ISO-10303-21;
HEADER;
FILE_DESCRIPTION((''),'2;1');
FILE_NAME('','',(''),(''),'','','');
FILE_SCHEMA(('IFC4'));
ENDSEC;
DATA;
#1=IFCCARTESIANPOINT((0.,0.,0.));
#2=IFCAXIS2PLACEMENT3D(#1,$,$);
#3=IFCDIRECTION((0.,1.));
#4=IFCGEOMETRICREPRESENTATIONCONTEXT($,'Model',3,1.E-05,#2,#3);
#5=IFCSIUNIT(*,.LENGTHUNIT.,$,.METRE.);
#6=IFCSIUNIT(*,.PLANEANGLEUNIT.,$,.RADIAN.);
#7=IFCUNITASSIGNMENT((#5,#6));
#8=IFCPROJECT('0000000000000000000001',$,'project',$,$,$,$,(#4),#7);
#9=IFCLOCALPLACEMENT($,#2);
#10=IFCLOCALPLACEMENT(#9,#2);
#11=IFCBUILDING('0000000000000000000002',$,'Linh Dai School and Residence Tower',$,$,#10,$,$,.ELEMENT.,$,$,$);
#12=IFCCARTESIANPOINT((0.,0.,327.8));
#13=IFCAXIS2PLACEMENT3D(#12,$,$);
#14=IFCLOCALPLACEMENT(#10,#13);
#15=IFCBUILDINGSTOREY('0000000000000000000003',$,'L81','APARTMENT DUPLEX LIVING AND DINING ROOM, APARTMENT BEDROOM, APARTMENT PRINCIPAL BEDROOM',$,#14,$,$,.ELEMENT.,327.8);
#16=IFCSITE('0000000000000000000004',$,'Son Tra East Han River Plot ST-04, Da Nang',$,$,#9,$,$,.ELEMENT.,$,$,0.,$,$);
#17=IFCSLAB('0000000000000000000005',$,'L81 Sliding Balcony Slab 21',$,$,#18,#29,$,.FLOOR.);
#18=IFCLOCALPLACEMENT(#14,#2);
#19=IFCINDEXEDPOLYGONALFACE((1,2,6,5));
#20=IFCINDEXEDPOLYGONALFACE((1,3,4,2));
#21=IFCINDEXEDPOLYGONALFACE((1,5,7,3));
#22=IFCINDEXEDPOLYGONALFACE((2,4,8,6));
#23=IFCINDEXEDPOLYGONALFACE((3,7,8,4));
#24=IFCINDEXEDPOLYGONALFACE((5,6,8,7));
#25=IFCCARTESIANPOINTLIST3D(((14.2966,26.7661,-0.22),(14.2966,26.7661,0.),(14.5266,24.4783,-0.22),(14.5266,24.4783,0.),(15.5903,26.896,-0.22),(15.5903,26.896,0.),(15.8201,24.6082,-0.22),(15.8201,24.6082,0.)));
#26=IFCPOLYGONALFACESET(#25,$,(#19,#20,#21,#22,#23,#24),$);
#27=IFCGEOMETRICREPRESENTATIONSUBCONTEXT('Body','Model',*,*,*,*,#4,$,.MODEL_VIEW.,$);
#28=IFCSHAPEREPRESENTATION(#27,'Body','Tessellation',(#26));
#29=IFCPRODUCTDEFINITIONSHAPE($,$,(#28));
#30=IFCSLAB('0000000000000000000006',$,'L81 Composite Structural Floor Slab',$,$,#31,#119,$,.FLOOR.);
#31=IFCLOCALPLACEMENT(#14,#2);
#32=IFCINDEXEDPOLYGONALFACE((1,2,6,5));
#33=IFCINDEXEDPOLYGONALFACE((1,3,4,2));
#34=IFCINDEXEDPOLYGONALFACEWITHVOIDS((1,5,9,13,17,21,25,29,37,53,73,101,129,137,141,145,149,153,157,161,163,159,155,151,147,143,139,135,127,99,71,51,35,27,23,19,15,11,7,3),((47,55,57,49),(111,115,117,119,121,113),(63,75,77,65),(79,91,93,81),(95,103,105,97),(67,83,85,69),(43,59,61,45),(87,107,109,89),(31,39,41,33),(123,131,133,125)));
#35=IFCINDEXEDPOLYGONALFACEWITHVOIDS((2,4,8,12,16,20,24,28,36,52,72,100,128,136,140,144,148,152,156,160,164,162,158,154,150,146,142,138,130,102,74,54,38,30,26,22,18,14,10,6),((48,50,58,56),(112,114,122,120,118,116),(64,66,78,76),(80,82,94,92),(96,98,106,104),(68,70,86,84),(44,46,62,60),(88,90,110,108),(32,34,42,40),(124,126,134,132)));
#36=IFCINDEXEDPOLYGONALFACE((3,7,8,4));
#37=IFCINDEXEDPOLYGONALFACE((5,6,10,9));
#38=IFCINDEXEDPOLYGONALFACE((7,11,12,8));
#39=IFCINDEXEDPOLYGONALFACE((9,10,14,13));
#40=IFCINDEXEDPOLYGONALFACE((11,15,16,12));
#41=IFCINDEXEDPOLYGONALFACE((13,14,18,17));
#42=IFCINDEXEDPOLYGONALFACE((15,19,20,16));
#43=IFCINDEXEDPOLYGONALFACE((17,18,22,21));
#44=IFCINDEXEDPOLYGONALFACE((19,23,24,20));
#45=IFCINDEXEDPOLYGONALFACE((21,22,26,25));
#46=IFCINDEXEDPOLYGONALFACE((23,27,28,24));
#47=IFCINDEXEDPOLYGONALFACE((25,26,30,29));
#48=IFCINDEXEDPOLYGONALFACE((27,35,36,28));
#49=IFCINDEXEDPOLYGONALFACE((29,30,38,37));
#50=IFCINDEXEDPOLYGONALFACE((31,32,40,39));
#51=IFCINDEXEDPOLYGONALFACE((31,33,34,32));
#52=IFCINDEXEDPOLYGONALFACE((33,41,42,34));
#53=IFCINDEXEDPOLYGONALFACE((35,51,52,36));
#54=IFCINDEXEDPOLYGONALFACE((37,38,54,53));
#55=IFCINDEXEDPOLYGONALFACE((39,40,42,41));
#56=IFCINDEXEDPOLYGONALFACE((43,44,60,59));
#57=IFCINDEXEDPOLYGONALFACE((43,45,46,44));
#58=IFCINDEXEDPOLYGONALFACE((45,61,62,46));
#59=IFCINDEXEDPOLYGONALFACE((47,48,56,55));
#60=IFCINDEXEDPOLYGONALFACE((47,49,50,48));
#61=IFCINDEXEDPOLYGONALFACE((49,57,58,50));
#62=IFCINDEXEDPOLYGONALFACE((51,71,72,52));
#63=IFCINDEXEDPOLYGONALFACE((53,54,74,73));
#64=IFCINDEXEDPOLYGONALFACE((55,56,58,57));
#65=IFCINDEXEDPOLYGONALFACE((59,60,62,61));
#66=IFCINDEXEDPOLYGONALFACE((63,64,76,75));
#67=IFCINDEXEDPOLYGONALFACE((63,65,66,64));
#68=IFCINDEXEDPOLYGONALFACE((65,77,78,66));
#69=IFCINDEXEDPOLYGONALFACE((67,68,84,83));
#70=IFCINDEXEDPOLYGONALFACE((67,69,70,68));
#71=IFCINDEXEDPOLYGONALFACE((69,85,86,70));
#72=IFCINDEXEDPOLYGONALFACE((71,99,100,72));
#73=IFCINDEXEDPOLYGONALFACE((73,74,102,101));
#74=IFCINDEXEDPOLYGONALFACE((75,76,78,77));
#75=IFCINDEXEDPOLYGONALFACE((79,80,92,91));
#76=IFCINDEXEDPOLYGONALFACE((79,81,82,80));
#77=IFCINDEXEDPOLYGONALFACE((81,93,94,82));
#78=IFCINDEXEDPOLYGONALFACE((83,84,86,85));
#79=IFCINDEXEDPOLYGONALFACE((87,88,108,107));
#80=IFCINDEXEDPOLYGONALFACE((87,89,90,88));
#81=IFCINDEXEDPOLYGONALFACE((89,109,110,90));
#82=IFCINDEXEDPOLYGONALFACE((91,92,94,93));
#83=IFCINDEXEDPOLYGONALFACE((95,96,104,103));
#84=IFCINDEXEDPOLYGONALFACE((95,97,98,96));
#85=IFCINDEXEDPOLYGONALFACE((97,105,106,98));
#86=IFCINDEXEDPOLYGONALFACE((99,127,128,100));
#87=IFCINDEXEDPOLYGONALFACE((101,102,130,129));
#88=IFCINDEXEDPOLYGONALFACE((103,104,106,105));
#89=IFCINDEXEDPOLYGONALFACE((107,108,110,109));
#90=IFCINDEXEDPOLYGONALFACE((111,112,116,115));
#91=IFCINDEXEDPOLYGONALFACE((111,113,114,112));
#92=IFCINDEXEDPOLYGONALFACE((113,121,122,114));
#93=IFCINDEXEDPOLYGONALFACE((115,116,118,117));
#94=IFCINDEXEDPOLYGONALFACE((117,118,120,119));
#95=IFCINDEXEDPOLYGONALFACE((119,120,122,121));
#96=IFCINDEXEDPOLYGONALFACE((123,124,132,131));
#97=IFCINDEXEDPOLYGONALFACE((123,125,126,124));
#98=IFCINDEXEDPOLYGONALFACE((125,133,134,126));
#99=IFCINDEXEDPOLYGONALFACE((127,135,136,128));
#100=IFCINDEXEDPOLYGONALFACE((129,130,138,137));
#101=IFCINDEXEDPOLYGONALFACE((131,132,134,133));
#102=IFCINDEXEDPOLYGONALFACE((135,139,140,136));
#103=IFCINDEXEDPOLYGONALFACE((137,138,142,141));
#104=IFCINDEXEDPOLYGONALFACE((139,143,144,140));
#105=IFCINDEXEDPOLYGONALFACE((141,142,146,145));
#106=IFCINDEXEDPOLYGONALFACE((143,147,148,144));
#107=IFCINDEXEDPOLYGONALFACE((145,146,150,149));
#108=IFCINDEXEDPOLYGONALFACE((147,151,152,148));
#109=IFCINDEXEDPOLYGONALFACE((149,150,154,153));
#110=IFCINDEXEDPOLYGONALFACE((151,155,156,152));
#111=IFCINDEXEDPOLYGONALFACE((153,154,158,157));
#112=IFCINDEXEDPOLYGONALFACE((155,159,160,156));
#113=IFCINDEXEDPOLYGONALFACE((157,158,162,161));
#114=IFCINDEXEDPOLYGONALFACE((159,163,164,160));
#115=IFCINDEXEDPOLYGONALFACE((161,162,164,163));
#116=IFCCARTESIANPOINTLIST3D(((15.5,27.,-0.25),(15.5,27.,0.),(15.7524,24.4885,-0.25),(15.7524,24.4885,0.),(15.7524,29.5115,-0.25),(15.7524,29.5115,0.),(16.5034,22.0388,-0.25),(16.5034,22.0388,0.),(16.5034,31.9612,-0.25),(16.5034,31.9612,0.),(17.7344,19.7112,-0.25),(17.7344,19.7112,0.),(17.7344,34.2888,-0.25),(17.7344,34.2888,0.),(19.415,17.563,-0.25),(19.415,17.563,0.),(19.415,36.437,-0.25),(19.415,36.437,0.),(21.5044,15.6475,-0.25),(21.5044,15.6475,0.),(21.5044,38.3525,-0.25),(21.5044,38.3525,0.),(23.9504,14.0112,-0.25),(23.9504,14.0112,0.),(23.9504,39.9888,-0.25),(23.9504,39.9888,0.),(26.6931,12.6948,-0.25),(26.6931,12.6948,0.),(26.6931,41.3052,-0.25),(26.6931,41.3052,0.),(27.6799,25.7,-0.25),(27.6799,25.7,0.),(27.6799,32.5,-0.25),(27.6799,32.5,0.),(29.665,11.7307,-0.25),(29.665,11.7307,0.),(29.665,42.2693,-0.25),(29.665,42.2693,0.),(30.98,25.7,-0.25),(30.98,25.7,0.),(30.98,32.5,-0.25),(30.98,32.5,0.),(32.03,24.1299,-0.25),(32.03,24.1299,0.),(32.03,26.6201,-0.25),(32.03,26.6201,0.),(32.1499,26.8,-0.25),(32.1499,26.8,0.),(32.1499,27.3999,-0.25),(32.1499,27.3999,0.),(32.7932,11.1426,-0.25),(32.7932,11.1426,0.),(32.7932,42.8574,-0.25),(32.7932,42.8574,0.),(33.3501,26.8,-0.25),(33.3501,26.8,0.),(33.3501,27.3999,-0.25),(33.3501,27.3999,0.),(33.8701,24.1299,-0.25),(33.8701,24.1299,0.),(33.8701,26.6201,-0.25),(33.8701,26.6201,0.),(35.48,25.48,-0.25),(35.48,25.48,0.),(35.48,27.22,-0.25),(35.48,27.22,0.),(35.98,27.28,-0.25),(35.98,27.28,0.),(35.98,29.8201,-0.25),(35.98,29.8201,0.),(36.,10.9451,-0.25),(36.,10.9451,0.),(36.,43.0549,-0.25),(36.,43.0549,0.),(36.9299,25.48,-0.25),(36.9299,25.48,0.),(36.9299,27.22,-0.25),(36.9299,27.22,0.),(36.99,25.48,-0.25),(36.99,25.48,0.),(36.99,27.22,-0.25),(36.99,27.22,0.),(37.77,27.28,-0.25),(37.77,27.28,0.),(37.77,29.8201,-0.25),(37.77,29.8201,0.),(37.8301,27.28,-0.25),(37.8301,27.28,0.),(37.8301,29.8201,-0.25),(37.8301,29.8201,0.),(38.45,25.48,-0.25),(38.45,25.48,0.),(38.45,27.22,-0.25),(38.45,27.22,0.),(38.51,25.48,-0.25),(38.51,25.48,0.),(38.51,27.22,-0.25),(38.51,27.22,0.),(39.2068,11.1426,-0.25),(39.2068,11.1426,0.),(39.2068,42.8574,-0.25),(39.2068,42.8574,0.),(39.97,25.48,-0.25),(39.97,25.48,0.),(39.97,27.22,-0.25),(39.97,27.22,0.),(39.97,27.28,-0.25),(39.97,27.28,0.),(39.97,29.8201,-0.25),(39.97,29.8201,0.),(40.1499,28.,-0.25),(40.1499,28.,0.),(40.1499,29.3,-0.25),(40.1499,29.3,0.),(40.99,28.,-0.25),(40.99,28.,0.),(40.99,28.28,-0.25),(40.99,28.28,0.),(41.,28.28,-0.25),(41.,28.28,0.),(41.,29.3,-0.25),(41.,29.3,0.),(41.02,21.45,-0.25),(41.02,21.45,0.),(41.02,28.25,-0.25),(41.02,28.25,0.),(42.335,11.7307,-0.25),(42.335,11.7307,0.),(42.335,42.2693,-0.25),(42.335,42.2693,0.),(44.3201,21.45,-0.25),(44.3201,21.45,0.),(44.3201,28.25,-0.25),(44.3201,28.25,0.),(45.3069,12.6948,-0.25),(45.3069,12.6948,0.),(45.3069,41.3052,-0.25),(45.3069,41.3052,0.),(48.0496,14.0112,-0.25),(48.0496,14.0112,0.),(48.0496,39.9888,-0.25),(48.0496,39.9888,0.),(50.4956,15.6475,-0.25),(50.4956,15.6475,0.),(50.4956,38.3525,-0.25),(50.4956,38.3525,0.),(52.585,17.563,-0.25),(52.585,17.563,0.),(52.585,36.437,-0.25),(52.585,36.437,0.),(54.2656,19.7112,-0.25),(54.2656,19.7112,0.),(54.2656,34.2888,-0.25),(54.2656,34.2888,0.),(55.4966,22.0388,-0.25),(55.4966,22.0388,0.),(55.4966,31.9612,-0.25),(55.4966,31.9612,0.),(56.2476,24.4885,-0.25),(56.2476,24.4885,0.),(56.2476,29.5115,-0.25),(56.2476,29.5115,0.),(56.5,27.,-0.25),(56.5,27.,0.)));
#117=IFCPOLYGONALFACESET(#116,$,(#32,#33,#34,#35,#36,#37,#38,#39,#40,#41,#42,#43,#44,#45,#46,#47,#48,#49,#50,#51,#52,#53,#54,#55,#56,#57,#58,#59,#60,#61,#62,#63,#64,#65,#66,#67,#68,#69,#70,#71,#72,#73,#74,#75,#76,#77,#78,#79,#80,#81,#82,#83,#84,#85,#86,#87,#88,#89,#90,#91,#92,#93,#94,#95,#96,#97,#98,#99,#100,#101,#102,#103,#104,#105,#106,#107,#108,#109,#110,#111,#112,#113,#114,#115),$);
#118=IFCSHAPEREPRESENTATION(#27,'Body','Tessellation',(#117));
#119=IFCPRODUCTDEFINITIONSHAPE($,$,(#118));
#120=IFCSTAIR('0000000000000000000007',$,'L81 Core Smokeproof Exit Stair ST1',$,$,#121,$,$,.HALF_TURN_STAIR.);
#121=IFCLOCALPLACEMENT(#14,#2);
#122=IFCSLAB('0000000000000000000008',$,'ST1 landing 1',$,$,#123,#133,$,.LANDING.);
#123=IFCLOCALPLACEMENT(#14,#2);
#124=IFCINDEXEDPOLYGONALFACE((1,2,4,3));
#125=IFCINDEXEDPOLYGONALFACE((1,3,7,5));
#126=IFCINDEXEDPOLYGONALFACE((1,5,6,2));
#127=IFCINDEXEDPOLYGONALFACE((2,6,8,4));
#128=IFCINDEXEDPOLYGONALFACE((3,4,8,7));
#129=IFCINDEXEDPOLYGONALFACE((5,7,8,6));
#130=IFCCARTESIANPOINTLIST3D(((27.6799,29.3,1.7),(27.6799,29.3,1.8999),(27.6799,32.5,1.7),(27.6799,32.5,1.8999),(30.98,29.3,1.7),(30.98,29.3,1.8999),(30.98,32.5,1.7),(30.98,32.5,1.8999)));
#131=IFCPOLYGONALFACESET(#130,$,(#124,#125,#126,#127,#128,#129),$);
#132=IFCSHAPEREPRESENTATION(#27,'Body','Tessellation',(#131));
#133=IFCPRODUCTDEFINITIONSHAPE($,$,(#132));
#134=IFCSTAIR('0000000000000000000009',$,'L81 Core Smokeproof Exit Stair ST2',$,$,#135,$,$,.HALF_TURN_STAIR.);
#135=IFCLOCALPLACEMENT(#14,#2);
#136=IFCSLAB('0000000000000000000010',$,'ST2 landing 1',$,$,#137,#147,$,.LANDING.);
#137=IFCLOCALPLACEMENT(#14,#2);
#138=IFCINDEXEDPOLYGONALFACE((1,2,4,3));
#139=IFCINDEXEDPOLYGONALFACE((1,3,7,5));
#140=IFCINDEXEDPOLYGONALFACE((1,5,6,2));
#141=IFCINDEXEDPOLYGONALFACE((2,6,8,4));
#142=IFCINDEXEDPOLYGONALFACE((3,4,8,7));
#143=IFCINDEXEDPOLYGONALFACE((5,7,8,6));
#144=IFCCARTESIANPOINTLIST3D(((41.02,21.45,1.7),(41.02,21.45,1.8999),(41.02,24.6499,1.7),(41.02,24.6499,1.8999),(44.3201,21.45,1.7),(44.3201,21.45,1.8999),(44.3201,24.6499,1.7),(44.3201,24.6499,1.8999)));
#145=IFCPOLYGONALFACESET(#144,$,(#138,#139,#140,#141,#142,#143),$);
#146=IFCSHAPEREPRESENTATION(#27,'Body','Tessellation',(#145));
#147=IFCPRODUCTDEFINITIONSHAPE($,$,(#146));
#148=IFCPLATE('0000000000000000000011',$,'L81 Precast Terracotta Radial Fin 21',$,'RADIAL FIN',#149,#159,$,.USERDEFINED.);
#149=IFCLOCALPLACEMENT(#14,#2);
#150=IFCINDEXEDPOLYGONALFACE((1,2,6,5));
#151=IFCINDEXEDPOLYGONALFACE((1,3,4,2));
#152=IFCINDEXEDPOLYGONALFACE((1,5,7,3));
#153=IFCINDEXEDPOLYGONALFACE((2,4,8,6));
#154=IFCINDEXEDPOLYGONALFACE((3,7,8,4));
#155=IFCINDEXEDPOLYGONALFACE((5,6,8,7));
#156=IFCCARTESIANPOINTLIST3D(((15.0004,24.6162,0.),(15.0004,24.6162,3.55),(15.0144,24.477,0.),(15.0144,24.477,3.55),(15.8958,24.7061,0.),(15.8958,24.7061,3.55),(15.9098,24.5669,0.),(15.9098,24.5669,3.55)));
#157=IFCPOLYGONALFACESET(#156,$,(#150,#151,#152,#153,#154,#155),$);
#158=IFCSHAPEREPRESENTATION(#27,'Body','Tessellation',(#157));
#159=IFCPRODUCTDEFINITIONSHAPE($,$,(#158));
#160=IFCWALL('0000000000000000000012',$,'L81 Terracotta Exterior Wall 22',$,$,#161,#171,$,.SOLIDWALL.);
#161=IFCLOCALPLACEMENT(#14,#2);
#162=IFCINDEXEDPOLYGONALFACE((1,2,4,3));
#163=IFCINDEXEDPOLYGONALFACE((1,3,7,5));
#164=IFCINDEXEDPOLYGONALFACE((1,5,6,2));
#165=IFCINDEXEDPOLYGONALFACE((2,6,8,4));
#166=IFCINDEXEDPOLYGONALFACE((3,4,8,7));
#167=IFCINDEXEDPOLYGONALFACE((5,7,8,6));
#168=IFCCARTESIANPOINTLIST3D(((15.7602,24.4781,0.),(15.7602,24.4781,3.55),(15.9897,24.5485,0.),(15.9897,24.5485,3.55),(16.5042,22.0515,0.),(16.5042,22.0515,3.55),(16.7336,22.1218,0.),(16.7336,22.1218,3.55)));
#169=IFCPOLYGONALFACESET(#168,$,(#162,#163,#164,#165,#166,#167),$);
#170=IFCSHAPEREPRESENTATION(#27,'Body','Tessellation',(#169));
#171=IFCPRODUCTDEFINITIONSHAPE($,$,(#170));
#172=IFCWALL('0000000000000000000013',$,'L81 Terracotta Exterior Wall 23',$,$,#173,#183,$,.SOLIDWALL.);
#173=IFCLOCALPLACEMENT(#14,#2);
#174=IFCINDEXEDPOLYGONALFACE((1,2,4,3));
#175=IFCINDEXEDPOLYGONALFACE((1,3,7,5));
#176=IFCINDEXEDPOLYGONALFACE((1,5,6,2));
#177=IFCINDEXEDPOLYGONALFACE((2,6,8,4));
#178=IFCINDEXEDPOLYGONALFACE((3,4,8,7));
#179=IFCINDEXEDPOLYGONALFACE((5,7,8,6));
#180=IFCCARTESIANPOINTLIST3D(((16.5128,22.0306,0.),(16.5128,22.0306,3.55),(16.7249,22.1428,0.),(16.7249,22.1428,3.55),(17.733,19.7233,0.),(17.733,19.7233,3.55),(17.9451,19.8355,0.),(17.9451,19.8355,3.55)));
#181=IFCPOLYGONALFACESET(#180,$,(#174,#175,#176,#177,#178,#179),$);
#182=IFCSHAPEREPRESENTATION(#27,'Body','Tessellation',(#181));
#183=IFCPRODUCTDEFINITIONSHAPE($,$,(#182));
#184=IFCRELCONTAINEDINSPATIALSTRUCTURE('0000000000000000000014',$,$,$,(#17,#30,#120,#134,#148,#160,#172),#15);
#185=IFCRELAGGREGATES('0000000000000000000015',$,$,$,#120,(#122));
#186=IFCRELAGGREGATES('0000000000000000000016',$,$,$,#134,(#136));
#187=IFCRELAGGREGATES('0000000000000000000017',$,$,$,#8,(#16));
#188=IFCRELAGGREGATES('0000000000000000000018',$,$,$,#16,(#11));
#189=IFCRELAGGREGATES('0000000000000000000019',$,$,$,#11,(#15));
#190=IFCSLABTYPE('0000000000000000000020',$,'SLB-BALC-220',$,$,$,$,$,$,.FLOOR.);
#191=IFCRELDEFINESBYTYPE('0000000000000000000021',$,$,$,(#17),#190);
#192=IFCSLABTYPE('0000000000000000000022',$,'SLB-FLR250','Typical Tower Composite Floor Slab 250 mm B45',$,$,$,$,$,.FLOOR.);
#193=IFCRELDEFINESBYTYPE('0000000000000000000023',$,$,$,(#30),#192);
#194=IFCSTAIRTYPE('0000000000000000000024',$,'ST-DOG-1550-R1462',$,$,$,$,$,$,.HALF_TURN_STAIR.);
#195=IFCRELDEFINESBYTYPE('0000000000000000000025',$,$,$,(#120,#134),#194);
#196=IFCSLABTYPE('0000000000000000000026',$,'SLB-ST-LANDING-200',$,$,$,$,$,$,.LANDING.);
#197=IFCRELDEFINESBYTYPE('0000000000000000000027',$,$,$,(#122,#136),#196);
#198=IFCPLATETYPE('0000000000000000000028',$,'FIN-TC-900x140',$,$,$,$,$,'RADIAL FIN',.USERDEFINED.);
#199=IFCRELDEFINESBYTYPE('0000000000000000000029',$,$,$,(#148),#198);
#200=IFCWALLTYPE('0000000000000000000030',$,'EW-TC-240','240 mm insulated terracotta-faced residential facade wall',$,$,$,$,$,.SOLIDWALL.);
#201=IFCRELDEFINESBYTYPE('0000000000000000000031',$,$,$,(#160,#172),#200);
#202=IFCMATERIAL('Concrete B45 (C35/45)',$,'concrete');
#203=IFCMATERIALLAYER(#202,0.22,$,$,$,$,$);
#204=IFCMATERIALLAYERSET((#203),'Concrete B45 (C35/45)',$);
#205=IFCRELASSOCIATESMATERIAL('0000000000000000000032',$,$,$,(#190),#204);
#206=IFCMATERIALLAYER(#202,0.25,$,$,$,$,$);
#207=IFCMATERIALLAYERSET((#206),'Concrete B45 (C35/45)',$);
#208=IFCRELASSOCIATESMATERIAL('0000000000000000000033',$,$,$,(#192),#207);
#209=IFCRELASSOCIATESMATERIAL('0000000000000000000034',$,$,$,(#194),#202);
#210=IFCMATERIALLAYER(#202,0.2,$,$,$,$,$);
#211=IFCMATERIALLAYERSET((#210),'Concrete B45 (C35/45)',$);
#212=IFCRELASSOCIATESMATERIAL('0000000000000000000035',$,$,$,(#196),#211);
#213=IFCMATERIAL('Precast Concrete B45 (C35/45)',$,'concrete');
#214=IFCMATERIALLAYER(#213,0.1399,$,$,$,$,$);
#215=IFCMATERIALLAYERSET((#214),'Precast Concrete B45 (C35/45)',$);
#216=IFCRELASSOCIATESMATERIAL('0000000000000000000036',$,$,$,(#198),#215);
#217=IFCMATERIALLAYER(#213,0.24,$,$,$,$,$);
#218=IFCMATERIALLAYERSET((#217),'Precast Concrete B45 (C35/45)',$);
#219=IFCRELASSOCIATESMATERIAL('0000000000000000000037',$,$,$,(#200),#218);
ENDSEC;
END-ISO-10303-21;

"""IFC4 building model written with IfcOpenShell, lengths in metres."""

from ifc_helpers import new_model, si_unit, direction, frame, frame_2d, origin, origin_2d, place, context, subcontext, project, spatial, polyline, rectangle, outline, extrude, source, transform, mapped, material, layer, layer_set, type_object, element, aggregate, save


model = new_model("IFC4")

# Units and contexts
model_context = context("Model", 3, precision=1e-05, world=origin(), true_north=direction((0.0, 1.0)))
body_context = subcontext(model_context, "Body", "Model", "MODEL_VIEW")
ifc_project = project(units=[si_unit("LENGTHUNIT", "METRE"), si_unit("PLANEANGLEUNIT", "RADIAN")], contexts=[model_context])

# Site, building, storey
site_placement = place(None, origin())
site = spatial("IfcSite", under=ifc_project, at=site_placement, Name="Son Tra East Han River Plot ST-04, Da Nang", CompositionType="ELEMENT", RefElevation=0.0)
building_placement = place(site_placement, origin())
building = spatial("IfcBuilding", under=site, at=building_placement, Name="Linh Dai School and Residence Tower", CompositionType="ELEMENT")
storey_placement = place(building_placement, frame((0.0, 0.0, 327.8)))
storey = spatial("IfcBuildingStorey", under=building, at=storey_placement, Name="L81", Description="APARTMENT DUPLEX LIVING AND DINING ROOM, APARTMENT BEDROOM, APARTMENT PRINCIPAL BEDROOM", CompositionType="ELEMENT", Elevation=327.8)

# Slabs
ifc_material_1 = material(Name="Concrete B45 (C35/45)", Category="concrete")
ifc_layer_1 = layer(ifc_material_1, 0.22)
ifc_layer_set_1 = layer_set([ifc_layer_1], Name="Concrete B45 (C35/45)")
slab_type_1 = type_object("IfcSlabType", Name="SLB-BALC-220", PredefinedType="FLOOR", material=ifc_layer_set_1)
slab_1_placement = place(storey_placement, frame((0.0, 0.0, -0.22)))
element("IfcSlab", 1, at=slab_1_placement, inside=storey, type_object=slab_type_1, Name="L81 Sliding Balcony Slab 21", PredefinedType="FLOOR", context=body_context, shape_type="SweptSolid", body=[
    extrude(outline(polyline([(15.8201, 24.6082), (15.5903, 26.896), (14.2966, 26.7661), (14.5266, 24.4783), (15.8201, 24.6082)])), origin(), (0.0, 0.0, 1.0), 0.22),
])
ifc_layer_2 = layer(ifc_material_1, 0.25)
ifc_layer_set_2 = layer_set([ifc_layer_2], Name="Concrete B45 (C35/45)")
slab_type_2 = type_object("IfcSlabType", Name="SLB-FLR250", Description="Typical Tower Composite Floor Slab 250 mm B45", PredefinedType="FLOOR", material=ifc_layer_set_2)
slab_2_placement = place(storey_placement, frame((0.0, 0.0, -0.25)))
element("IfcSlab", 2, at=slab_2_placement, inside=storey, type_object=slab_type_2, Name="L81 Composite Structural Floor Slab", PredefinedType="FLOOR", context=body_context, shape_type="SweptSolid", body=[
    extrude(outline(polyline([(56.5, 27.0), (56.2476, 29.5115), (55.4966, 31.9612), (54.2656, 34.2888), (52.585, 36.437), (50.4956, 38.3525), (48.0496, 39.9888), (45.3069, 41.3052), (42.335, 42.2693), (39.2068, 42.8574), (36.0, 43.0549), (32.7932, 42.8574), (29.665, 42.2693), (26.6931, 41.3052), (23.9504, 39.9888), (21.5044, 38.3525), (19.415, 36.437), (17.7344, 34.2888), (16.5034, 31.9612), (15.7524, 29.5115), (15.5, 27.0), (15.7524, 24.4885), (16.5034, 22.0388), (17.7344, 19.7112), (19.415, 17.563), (21.5044, 15.6475), (23.9504, 14.0112), (26.6931, 12.6948), (29.665, 11.7307), (32.7932, 11.1426), (36.0, 10.9451), (39.2068, 11.1426), (42.335, 11.7307), (45.3069, 12.6948), (48.0496, 14.0112), (50.4956, 15.6475), (52.585, 17.563), (54.2656, 19.7112), (55.4966, 22.0388), (56.2476, 24.4885), (56.5, 27.0)]), holes=[polyline([(30.98, 25.7), (30.98, 32.5), (27.6799, 32.5), (27.6799, 25.7), (30.98, 25.7)]), polyline([(41.02, 28.25), (41.02, 21.45), (44.3201, 21.45), (44.3201, 28.25), (41.02, 28.25)]), polyline([(35.98, 27.28), (37.77, 27.28), (37.77, 29.8201), (35.98, 29.8201), (35.98, 27.28)]), polyline([(32.03, 24.1299), (33.8701, 24.1299), (33.8701, 26.6201), (32.03, 26.6201), (32.03, 24.1299)]), polyline([(37.8301, 27.28), (39.97, 27.28), (39.97, 29.8201), (37.8301, 29.8201), (37.8301, 27.28)]), polyline([(35.48, 25.48), (36.9299, 25.48), (36.9299, 27.22), (35.48, 27.22), (35.48, 25.48)]), polyline([(36.99, 25.48), (38.45, 25.48), (38.45, 27.22), (36.99, 27.22), (36.99, 25.48)]), polyline([(38.51, 25.48), (39.97, 25.48), (39.97, 27.22), (38.51, 27.22), (38.51, 25.48)]), polyline([(40.1499, 28.0), (40.1499, 29.3), (41.0, 29.3), (41.0, 28.28), (40.99, 28.28), (40.99, 28.0), (40.1499, 28.0)]), polyline([(32.1499, 26.8), (33.3501, 26.8), (33.3501, 27.3999), (32.1499, 27.3999), (32.1499, 26.8)])]), origin(), (0.0, 0.0, 1.0), 0.25),
])

# Stairs, slabs
stair_type = type_object("IfcStairType", Name="ST-DOG-1550-R1462", PredefinedType="HALF_TURN_STAIR", material=ifc_material_1)
stair_1_placement = place(storey_placement, origin())
stair_1 = element("IfcStair", 3, at=stair_1_placement, inside=storey, type_object=stair_type, Name="L81 Core Smokeproof Exit Stair ST1", PredefinedType="HALF_TURN_STAIR")
ifc_layer_3 = layer(ifc_material_1, 0.2)
ifc_layer_set_3 = layer_set([ifc_layer_3], Name="Concrete B45 (C35/45)")
slab_type_3 = type_object("IfcSlabType", Name="SLB-ST-LANDING-200", PredefinedType="LANDING", material=ifc_layer_set_3)
slab_3_placement = place(storey_placement, frame((0.0, 0.0, 1.7)))
slab_3 = element("IfcSlab", 4, at=slab_3_placement, type_object=slab_type_3, Name="ST1 landing 1", PredefinedType="LANDING", context=body_context, shape_type="SweptSolid", body=[
    extrude(outline(polyline([(30.98, 29.3), (30.98, 32.5), (27.6799, 32.5), (27.6799, 29.3), (30.98, 29.3)])), origin(), (0.0, 0.0, 1.0), 0.2),
])
aggregate(stair_1, [slab_3])
stair_2_placement = place(storey_placement, origin())
stair_2 = element("IfcStair", 5, at=stair_2_placement, inside=storey, type_object=stair_type, Name="L81 Core Smokeproof Exit Stair ST2", PredefinedType="HALF_TURN_STAIR")
slab_4_placement = place(storey_placement, frame((0.0, 0.0, 1.7)))
slab_4 = element("IfcSlab", 6, at=slab_4_placement, type_object=slab_type_3, Name="ST2 landing 1", PredefinedType="LANDING", context=body_context, shape_type="SweptSolid", body=[
    extrude(outline(polyline([(41.02, 24.6499), (41.02, 21.45), (44.3201, 21.45), (44.3201, 24.6499), (41.02, 24.6499)])), origin(), (0.0, 0.0, 1.0), 0.2),
])
aggregate(stair_2, [slab_4])

# Plate
ifc_material_2 = material(Name="Precast Concrete B45 (C35/45)", Category="concrete")
ifc_layer_4 = layer(ifc_material_2, 0.1399)
ifc_layer_set_4 = layer_set([ifc_layer_4], Name="Precast Concrete B45 (C35/45)")
plate_type = type_object("IfcPlateType", Name="FIN-TC-900x140", ElementType="RADIAL FIN", PredefinedType="USERDEFINED", material=ifc_layer_set_4)
shared_shape_1 = source(origin(), body_context, "Body", "SweptSolid", [
    extrude(rectangle(XDim=0.8999, YDim=0.1399, at=origin_2d()), origin(), (0.0, 0.0, 1.0), 3.55),
])
plate_placement = place(storey_placement, frame((15.4551, 24.5916, 0.0), z_axis=(0.0, 0.0, 1.0), x_axis=(-0.994988, -0.099992, 0.0)))
element("IfcPlate", 7, at=plate_placement, inside=storey, type_object=plate_type, Name="L81 Precast Terracotta Radial Fin 21", ObjectType="RADIAL FIN", PredefinedType="USERDEFINED", context=body_context, shape_type="MappedRepresentation", body=[
    mapped(shared_shape_1, transform((0.0, 0.0, 0.0), x_axis=(1.0, 0.0, 0.0), y_axis=(0.0, 1.0, 0.0), z_axis=(0.0, 0.0, 1.0), scale=1.0)),
])

# Shared definitions
ifc_layer_5 = layer(ifc_material_2, 0.24)
ifc_layer_set_5 = layer_set([ifc_layer_5], Name="Precast Concrete B45 (C35/45)")
wall_type_1 = type_object("IfcWallType", Name="EW-TC-240", Description="240 mm insulated terracotta-faced residential facade wall", PredefinedType="SOLIDWALL", material=ifc_layer_set_5)

# Walls
wall_1_placement = place(storey_placement, frame((16.6189, 22.0867, 0.0), z_axis=(0.0, 0.0, 1.0), x_axis=(-0.293106, 0.95608, 0.0)))
element("IfcWall", 8, at=wall_1_placement, inside=storey, type_object=wall_type_1, Name="L81 Terracotta Exterior Wall 22", PredefinedType="SOLIDWALL", context=body_context, shape_type="SweptSolid", body=[
    extrude(rectangle(XDim=2.5381, YDim=0.24, at=frame_2d((1.269, 0.0))), origin(), (0.0, 0.0, 1.0), 3.55),
])
wall_2_placement = place(storey_placement, frame((17.8391, 19.7793, 0.0), z_axis=(0.0, 0.0, 1.0), x_axis=(-0.467488, 0.883999, 0.0)))
element("IfcWall", 9, at=wall_2_placement, inside=storey, type_object=wall_type_1, Name="L81 Terracotta Exterior Wall 23", PredefinedType="SOLIDWALL", context=body_context, shape_type="SweptSolid", body=[
    extrude(rectangle(XDim=2.6101, YDim=0.24, at=frame_2d((1.3052, 0.0))), origin(), (0.0, 0.0, 1.0), 3.55),
])

save(model, "model.ifc")
